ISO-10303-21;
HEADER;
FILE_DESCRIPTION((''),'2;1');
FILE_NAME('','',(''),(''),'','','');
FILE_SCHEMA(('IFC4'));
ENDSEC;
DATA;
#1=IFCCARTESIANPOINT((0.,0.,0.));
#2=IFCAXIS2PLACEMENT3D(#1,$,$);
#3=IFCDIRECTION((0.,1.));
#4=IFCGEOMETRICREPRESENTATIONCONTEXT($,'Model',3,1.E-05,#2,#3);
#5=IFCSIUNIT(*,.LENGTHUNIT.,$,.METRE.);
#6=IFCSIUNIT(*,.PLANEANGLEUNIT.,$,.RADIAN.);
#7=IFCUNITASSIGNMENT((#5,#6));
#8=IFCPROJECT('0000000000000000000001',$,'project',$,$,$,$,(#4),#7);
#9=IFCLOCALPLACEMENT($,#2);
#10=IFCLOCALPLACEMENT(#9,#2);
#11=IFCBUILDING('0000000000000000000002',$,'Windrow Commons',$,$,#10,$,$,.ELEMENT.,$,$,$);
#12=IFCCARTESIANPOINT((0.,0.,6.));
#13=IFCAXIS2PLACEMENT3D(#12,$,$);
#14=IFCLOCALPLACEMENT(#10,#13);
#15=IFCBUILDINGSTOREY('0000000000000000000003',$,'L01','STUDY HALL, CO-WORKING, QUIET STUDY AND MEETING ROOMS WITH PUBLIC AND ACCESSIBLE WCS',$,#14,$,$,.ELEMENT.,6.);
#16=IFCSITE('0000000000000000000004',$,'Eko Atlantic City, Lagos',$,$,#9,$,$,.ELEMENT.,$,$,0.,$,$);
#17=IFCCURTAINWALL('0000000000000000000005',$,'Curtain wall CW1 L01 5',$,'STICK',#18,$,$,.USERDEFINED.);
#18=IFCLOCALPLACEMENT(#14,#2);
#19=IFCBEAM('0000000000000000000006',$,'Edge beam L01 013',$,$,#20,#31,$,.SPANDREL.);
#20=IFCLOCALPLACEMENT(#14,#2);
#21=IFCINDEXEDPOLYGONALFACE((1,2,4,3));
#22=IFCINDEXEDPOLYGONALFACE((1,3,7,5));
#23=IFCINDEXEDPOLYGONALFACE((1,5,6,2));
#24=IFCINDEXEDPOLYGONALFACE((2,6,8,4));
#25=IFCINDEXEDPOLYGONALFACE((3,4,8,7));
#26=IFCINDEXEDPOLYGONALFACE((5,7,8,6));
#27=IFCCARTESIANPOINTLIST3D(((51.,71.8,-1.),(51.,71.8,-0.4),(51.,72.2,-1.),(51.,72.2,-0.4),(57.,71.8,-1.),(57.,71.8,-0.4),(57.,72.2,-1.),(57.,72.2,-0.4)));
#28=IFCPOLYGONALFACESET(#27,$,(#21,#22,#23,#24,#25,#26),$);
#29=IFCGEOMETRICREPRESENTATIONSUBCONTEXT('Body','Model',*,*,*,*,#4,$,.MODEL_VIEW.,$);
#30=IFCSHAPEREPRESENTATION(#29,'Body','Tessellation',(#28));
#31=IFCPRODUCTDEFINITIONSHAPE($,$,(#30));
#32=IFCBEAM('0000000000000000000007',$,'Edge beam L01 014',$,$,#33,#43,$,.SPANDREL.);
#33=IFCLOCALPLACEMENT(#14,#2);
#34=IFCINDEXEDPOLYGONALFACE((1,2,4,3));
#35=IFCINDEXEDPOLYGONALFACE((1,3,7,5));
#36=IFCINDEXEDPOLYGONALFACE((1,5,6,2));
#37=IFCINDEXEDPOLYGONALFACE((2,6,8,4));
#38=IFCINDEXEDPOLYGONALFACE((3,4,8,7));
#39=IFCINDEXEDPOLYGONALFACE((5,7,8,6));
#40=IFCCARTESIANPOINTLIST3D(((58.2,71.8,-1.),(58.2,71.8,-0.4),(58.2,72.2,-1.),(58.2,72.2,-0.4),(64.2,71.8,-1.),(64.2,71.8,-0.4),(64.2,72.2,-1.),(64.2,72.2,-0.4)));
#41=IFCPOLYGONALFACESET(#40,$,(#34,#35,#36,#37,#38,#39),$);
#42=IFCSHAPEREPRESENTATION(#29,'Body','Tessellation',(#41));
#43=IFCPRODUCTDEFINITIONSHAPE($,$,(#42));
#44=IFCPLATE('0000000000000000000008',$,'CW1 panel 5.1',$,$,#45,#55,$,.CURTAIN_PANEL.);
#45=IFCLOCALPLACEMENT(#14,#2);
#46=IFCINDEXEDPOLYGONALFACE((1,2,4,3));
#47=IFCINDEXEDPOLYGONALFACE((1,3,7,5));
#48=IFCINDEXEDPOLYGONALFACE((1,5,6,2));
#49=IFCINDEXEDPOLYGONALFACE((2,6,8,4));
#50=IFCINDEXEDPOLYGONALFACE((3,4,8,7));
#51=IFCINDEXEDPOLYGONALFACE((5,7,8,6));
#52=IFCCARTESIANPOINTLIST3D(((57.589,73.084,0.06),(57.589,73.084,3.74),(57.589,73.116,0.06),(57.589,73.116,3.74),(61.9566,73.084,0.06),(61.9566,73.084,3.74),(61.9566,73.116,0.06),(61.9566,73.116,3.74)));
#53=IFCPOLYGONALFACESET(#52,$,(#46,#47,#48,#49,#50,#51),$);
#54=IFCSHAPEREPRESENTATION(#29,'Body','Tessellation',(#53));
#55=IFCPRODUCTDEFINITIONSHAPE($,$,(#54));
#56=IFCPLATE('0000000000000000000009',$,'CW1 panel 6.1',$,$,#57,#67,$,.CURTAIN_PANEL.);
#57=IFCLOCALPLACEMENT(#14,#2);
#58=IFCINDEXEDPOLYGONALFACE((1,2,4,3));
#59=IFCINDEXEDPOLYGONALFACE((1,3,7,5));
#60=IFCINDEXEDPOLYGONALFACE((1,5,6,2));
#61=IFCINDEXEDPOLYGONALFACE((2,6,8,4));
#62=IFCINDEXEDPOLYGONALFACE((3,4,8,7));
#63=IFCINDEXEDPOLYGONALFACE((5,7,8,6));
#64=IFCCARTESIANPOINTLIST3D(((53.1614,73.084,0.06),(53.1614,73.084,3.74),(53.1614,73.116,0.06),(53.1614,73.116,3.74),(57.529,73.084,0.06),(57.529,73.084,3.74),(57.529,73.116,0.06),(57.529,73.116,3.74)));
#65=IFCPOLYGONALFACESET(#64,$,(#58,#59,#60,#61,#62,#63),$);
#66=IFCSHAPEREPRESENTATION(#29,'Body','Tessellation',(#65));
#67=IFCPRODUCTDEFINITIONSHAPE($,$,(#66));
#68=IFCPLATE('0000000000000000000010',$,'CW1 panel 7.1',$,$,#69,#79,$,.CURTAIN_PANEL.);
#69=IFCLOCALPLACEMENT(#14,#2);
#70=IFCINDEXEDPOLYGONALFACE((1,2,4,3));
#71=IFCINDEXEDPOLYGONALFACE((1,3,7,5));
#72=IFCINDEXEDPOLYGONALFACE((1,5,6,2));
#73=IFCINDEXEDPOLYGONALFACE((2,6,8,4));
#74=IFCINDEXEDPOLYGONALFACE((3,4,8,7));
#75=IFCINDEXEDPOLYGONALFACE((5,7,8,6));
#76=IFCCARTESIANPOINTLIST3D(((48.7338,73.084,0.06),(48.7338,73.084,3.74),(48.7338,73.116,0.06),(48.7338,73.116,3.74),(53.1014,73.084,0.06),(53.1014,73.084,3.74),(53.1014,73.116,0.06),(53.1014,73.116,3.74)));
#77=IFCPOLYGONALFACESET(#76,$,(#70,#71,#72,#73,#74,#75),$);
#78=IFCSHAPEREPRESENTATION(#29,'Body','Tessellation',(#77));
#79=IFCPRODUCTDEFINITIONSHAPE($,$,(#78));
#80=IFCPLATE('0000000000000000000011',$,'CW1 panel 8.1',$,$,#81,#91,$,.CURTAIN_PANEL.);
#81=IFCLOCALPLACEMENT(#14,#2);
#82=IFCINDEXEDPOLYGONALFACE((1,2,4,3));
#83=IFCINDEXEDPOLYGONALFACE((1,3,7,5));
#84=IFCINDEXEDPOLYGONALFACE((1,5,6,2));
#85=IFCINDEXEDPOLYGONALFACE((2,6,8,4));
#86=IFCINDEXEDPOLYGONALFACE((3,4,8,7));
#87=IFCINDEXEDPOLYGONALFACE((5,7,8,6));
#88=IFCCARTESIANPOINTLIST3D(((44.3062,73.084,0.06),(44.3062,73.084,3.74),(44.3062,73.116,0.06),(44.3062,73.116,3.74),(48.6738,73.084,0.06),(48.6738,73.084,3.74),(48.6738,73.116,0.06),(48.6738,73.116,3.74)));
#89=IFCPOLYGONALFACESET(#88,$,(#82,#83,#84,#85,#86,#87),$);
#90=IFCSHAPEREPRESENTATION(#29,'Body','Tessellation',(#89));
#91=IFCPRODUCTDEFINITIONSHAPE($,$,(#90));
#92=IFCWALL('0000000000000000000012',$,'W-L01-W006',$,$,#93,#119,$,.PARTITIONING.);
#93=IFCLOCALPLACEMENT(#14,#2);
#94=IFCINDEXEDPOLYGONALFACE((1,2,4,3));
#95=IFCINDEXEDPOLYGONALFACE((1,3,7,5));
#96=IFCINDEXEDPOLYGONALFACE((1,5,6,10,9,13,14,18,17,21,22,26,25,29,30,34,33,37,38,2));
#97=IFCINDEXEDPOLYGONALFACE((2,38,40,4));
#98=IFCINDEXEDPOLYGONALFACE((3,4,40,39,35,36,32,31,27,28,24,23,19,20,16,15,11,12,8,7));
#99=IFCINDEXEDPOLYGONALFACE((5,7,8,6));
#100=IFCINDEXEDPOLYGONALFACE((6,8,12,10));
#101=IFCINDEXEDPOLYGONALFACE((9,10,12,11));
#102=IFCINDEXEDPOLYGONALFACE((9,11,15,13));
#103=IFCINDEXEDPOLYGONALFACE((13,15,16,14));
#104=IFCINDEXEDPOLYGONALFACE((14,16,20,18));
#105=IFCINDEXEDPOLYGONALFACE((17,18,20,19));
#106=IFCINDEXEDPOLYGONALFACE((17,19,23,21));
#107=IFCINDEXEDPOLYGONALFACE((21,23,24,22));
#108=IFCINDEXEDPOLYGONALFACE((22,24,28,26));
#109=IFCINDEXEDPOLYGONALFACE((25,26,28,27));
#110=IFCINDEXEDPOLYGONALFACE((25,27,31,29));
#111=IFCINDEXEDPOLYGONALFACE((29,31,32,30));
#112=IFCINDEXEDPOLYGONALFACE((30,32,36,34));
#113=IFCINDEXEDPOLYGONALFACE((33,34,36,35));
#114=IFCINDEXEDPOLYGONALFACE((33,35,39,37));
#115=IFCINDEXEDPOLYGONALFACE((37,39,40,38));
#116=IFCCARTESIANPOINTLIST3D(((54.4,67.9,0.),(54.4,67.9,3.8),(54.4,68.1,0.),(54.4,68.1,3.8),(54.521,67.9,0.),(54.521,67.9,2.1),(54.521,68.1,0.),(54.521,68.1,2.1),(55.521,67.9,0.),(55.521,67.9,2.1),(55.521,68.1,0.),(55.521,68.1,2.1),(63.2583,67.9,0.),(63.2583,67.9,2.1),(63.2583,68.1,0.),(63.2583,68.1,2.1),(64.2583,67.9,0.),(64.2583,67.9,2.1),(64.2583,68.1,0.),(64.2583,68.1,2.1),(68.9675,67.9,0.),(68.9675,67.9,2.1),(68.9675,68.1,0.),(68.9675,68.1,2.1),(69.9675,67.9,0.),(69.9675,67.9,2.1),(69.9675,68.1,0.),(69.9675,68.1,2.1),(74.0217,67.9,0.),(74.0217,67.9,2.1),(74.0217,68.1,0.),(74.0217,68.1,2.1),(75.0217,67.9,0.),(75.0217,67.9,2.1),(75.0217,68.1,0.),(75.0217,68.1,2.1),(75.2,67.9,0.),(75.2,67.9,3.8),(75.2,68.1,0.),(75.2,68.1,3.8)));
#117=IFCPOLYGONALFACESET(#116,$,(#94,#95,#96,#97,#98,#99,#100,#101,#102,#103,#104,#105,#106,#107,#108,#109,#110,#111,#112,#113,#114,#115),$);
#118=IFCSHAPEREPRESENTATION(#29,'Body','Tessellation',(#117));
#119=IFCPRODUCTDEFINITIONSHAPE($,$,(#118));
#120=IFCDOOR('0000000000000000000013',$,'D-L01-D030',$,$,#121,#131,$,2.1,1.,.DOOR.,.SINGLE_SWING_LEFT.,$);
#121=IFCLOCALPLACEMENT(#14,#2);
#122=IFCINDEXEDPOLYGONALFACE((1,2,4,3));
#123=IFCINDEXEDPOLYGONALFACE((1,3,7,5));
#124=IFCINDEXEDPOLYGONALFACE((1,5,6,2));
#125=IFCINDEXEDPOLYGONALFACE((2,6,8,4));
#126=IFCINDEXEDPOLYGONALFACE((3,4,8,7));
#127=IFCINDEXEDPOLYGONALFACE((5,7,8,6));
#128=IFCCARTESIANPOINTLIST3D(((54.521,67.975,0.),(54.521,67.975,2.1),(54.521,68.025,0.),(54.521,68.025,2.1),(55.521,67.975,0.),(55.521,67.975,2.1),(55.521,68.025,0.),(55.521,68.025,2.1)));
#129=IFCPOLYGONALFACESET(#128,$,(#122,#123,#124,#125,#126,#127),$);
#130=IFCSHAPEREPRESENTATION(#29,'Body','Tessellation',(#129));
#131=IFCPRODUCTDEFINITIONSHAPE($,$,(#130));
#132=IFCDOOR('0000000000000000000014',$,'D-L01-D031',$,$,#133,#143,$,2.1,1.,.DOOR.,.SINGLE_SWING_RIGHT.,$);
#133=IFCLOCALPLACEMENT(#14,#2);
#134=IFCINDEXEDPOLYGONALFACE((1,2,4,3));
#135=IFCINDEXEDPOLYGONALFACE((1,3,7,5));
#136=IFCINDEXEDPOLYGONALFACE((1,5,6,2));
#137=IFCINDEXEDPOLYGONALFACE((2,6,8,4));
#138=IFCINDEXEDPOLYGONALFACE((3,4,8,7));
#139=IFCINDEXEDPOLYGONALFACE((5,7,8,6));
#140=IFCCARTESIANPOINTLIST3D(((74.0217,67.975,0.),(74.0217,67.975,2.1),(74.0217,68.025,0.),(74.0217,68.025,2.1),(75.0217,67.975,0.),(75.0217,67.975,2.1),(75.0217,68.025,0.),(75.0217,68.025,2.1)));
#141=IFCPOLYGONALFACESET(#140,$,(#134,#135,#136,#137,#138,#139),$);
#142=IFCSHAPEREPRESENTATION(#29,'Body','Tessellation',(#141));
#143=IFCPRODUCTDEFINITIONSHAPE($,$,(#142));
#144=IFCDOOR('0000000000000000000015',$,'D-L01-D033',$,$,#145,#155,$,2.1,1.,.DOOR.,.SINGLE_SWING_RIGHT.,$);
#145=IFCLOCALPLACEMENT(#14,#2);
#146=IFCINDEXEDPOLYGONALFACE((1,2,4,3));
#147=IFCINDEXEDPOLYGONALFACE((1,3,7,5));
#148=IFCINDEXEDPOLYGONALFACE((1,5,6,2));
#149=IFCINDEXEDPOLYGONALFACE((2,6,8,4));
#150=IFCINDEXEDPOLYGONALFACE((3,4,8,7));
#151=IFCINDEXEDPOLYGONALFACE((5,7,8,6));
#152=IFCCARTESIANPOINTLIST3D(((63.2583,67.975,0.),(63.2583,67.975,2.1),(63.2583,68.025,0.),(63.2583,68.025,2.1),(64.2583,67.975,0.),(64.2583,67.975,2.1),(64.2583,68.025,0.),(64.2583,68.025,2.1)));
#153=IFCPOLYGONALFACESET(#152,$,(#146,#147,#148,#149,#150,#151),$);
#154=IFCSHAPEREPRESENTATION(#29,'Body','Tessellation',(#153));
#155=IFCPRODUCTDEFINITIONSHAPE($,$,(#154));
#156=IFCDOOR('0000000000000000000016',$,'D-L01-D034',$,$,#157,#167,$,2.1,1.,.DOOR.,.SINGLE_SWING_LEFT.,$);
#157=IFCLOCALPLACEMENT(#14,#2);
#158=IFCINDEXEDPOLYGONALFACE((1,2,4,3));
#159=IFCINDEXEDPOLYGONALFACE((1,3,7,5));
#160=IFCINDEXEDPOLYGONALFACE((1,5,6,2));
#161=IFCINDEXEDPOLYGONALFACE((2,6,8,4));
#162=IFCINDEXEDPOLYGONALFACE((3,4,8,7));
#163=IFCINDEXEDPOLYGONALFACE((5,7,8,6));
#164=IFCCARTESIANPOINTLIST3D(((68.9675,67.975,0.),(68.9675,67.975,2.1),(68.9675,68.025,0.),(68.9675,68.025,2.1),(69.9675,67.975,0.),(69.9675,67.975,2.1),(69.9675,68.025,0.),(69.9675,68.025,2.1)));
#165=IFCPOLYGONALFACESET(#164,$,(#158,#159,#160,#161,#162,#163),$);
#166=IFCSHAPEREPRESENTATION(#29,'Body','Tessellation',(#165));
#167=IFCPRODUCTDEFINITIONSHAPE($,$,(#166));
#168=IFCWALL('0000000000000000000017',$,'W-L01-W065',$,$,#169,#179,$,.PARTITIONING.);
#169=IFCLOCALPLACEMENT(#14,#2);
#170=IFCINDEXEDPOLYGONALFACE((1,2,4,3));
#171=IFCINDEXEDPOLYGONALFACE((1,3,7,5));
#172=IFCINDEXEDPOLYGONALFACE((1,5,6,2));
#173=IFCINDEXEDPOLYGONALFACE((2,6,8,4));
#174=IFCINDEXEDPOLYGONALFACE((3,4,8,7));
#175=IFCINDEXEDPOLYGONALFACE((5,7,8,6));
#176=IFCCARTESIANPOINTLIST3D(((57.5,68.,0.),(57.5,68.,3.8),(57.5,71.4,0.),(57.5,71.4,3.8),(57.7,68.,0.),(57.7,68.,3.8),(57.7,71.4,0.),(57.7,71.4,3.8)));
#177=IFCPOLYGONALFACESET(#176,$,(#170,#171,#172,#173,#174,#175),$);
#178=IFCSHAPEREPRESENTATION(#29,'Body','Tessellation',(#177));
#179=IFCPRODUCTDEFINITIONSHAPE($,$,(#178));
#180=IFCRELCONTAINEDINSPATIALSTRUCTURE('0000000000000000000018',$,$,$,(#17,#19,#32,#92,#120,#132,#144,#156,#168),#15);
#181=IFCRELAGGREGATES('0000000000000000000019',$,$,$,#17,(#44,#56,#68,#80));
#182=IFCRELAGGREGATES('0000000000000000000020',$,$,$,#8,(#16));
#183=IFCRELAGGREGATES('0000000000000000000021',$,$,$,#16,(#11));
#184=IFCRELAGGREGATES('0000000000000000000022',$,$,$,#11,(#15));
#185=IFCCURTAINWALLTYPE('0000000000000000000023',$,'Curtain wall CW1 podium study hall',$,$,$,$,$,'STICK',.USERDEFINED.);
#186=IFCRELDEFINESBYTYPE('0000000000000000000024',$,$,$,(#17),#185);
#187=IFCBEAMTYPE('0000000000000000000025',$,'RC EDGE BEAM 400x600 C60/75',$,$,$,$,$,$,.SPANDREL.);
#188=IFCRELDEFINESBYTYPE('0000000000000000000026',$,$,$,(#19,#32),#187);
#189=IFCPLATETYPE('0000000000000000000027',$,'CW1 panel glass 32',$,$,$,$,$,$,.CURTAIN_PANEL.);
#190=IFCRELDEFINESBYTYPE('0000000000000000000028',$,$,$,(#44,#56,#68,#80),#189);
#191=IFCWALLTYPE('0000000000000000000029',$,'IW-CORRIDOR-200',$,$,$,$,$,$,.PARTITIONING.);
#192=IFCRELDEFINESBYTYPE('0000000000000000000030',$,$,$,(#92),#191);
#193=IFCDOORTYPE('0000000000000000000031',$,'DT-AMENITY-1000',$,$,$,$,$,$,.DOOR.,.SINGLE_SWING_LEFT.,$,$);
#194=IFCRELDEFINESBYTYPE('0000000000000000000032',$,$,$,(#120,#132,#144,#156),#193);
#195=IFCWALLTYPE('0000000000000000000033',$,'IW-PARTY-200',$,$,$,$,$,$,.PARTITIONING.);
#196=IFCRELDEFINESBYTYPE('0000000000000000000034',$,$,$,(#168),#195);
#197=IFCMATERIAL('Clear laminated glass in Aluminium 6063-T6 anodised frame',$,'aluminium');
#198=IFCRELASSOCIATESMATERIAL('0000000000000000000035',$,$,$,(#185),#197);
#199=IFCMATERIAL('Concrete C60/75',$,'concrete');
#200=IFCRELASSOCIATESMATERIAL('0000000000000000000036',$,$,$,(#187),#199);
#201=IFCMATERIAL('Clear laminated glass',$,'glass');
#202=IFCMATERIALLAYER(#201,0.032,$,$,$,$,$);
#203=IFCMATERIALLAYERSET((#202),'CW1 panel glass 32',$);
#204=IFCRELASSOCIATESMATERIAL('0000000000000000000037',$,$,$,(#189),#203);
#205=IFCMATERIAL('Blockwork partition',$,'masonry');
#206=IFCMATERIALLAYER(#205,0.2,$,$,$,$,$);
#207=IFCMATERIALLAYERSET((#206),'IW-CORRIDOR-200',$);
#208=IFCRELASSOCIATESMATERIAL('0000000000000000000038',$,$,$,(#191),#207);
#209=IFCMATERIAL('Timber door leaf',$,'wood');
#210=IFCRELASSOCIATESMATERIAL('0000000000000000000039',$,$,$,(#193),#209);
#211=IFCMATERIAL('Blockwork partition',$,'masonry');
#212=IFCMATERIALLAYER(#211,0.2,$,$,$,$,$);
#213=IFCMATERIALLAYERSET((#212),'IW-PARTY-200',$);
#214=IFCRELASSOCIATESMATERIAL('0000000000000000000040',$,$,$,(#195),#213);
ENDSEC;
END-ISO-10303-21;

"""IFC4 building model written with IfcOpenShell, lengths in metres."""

from ifc_helpers import new_model, si_unit, direction, frame, frame_2d, origin, origin_2d, place, context, subcontext, project, spatial, rectangle, extrude, material, layer, layer_set, material_profile, profile_set, type_object, element, fill, aggregate, save


model = new_model("IFC4")

# Units and contexts
model_context = context("Model", 3, precision=1e-05, world=origin(), true_north=direction((0.0, 1.0)))
body_context = subcontext(model_context, "Body", "Model", "MODEL_VIEW")
ifc_project = project(units=[si_unit("LENGTHUNIT", "METRE"), si_unit("PLANEANGLEUNIT", "RADIAN")], contexts=[model_context])

# Site, building, storey
site_placement = place(None, origin())
site = spatial("IfcSite", under=ifc_project, at=site_placement, Name="Eko Atlantic City, Lagos", CompositionType="ELEMENT", RefElevation=0.0)
building_placement = place(site_placement, origin())
building = spatial("IfcBuilding", under=site, at=building_placement, Name="Windrow Commons", CompositionType="ELEMENT")
storey_placement = place(building_placement, frame((0.0, 0.0, 6.0)))
storey = spatial("IfcBuildingStorey", under=building, at=storey_placement, Name="L01", Description="STUDY HALL, CO-WORKING, QUIET STUDY AND MEETING ROOMS WITH PUBLIC AND ACCESSIBLE WCS", CompositionType="ELEMENT", Elevation=6.0)

# Curtain wall
ifc_material_1 = material(Name="Clear laminated glass in Aluminium 6063-T6 anodised frame", Category="aluminium")
curtain_wall_type = type_object("IfcCurtainWallType", Name="Curtain wall CW1 podium study hall", ElementType="STICK", PredefinedType="USERDEFINED", material=ifc_material_1)
curtain_wall_placement = place(storey_placement, origin())
curtain_wall = element("IfcCurtainWall", 1, at=curtain_wall_placement, inside=storey, type_object=curtain_wall_type, Name="Curtain wall CW1 L01 5", ObjectType="STICK", PredefinedType="USERDEFINED")

# Beams
ifc_material_2 = material(Name="Concrete C60/75", Category="concrete")
ifc_material_profile_1 = material_profile(ifc_material_2, rectangle(XDim=0.4, YDim=0.6, at=origin_2d()))
ifc_profile_set_1 = profile_set([ifc_material_profile_1], Name="Concrete C60/75")
beam_type = type_object("IfcBeamType", Name="RC EDGE BEAM 400x600 C60/75", PredefinedType="SPANDREL", material=ifc_profile_set_1)
for number, where, z_axis, x_axis, name in (
    (2, (51.0, 72.0, -0.7), (1.0, 0.0, 0.0), (0.0, 1.0, 0.0), "Edge beam L01 013"),
    (3, (58.2, 72.0, -0.7), (1.0, 0.0, 0.0), (0.0, 1.0, 0.0), "Edge beam L01 014"),
):
    element("IfcBeam", number, at=place(storey_placement, frame(where, z_axis=z_axis, x_axis=x_axis)), inside=storey, type_object=beam_type, Name=name, PredefinedType="SPANDREL", context=body_context, shape_type="SweptSolid", body=[
        extrude(rectangle(XDim=0.4, YDim=0.6, at=origin_2d()), origin(), (0.0, 0.0, 1.0), 6.0),
    ])

# Plates
ifc_material_3 = material(Name="Clear laminated glass", Category="glass")
ifc_layer_1 = layer(ifc_material_3, 0.032)
ifc_layer_set_1 = layer_set([ifc_layer_1], Name="CW1 panel glass 32")
plate_type = type_object("IfcPlateType", Name="CW1 panel glass 32", PredefinedType="CURTAIN_PANEL", material=ifc_layer_set_1)
plate_1_placement = place(storey_placement, frame((59.7728, 73.1, 0.06), z_axis=(0.0, 0.0, 1.0), x_axis=(-1.0, 0.0, 0.0)))
plate_1 = element("IfcPlate", 4, at=plate_1_placement, type_object=plate_type, Name="CW1 panel 5.1", PredefinedType="CURTAIN_PANEL", context=body_context, shape_type="SweptSolid", body=[
    extrude(rectangle(XDim=4.3676, YDim=0.032, at=origin_2d()), origin(), (0.0, 0.0, 1.0), 3.68),
])
plate_2_placement = place(storey_placement, frame((55.3452, 73.1, 0.06), z_axis=(0.0, 0.0, 1.0), x_axis=(-1.0, 0.0, 0.0)))
plate_2 = element("IfcPlate", 5, at=plate_2_placement, type_object=plate_type, Name="CW1 panel 6.1", PredefinedType="CURTAIN_PANEL", context=body_context, shape_type="SweptSolid", body=[
    extrude(rectangle(XDim=4.3676, YDim=0.032, at=origin_2d()), origin(), (0.0, 0.0, 1.0), 3.68),
])
plate_3_placement = place(storey_placement, frame((50.9176, 73.1, 0.06), z_axis=(0.0, 0.0, 1.0), x_axis=(-1.0, 0.0, 0.0)))
plate_3 = element("IfcPlate", 6, at=plate_3_placement, type_object=plate_type, Name="CW1 panel 7.1", PredefinedType="CURTAIN_PANEL", context=body_context, shape_type="SweptSolid", body=[
    extrude(rectangle(XDim=4.3676, YDim=0.032, at=origin_2d()), origin(), (0.0, 0.0, 1.0), 3.68),
])
plate_4_placement = place(storey_placement, frame((46.49, 73.1, 0.06), z_axis=(0.0, 0.0, 1.0), x_axis=(-1.0, 0.0, 0.0)))
plate_4 = element("IfcPlate", 7, at=plate_4_placement, type_object=plate_type, Name="CW1 panel 8.1", PredefinedType="CURTAIN_PANEL", context=body_context, shape_type="SweptSolid", body=[
    extrude(rectangle(XDim=4.3676, YDim=0.032, at=origin_2d()), origin(), (0.0, 0.0, 1.0), 3.68),
])
aggregate(curtain_wall, [plate_1, plate_2, plate_3, plate_4])

# Wall, openings, doors
ifc_material_4 = material(Name="Blockwork partition", Category="masonry")
ifc_layer_2 = layer(ifc_material_4, 0.2)
ifc_layer_set_2 = layer_set([ifc_layer_2], Name="IW-CORRIDOR-200")
wall_type_1 = type_object("IfcWallType", Name="IW-CORRIDOR-200", PredefinedType="PARTITIONING", material=ifc_layer_set_2)
wall_1_placement = place(storey_placement, frame((54.4, 68.0, 0.0), z_axis=(0.0, 0.0, 1.0), x_axis=(1.0, 0.0, 0.0)))
wall_1 = element("IfcWall", 8, at=wall_1_placement, inside=storey, type_object=wall_type_1, Name="W-L01-W006", PredefinedType="PARTITIONING", context=body_context, shape_type="SweptSolid", body=[
    extrude(rectangle(XDim=20.8, YDim=0.2, at=frame_2d((10.4, 0.0))), origin(), (0.0, 0.0, 1.0), 3.8),
])
opening_1_placement = place(wall_1_placement, frame((0.121, 0.0, 0.0)))
opening_1 = element("IfcOpeningElement", 9, at=opening_1_placement, cuts=wall_1, PredefinedType="OPENING", context=body_context, shape_type="SweptSolid", body=[
    extrude(rectangle(XDim=1.0, YDim=2.1, at=frame_2d((0.5, 1.05))), frame((0.0, 0.11, 0.0), z_axis=(0.0, -1.0, 0.0), x_axis=(1.0, 0.0, 0.0)), (0.0, 0.0, 1.0), 0.22),
])
opening_2_placement = place(wall_1_placement, frame((19.6217, 0.0, 0.0)))
opening_2 = element("IfcOpeningElement", 10, at=opening_2_placement, cuts=wall_1, PredefinedType="OPENING", context=body_context, shape_type="SweptSolid", body=[
    extrude(rectangle(XDim=1.0, YDim=2.1, at=frame_2d((0.5, 1.05))), frame((0.0, 0.11, 0.0), z_axis=(0.0, -1.0, 0.0), x_axis=(1.0, 0.0, 0.0)), (0.0, 0.0, 1.0), 0.22),
])
opening_3_placement = place(wall_1_placement, frame((8.8583, 0.0, 0.0)))
opening_3 = element("IfcOpeningElement", 11, at=opening_3_placement, cuts=wall_1, PredefinedType="OPENING", context=body_context, shape_type="SweptSolid", body=[
    extrude(rectangle(XDim=1.0, YDim=2.1, at=frame_2d((0.5, 1.05))), frame((0.0, 0.11, 0.0), z_axis=(0.0, -1.0, 0.0), x_axis=(1.0, 0.0, 0.0)), (0.0, 0.0, 1.0), 0.22),
])
opening_4_placement = place(wall_1_placement, frame((14.5675, 0.0, 0.0)))
opening_4 = element("IfcOpeningElement", 12, at=opening_4_placement, cuts=wall_1, PredefinedType="OPENING", context=body_context, shape_type="SweptSolid", body=[
    extrude(rectangle(XDim=1.0, YDim=2.1, at=frame_2d((0.5, 1.05))), frame((0.0, 0.11, 0.0), z_axis=(0.0, -1.0, 0.0), x_axis=(1.0, 0.0, 0.0)), (0.0, 0.0, 1.0), 0.22),
])
ifc_material_5 = material(Name="Timber door leaf", Category="wood")
door_type_1 = type_object("IfcDoorType", Name="DT-AMENITY-1000", OperationType="SINGLE_SWING_LEFT", PredefinedType="DOOR", material=ifc_material_5)
door_1_placement = place(opening_1_placement, origin())
door_1 = element("IfcDoor", 13, at=door_1_placement, inside=storey, type_object=door_type_1, Name="D-L01-D030", OperationType="SINGLE_SWING_LEFT", OverallHeight=2.1, OverallWidth=1.0, PredefinedType="DOOR", context=body_context, shape_type="SweptSolid", body=[
    extrude(rectangle(XDim=1.0, YDim=2.1, at=frame_2d((0.5, 1.05))), frame((0.0, 0.025, 0.0), z_axis=(0.0, -1.0, 0.0), x_axis=(1.0, 0.0, 0.0)), (0.0, 0.0, 1.0), 0.05),
])
fill(opening_1, door_1)
door_2_placement = place(opening_2_placement, origin())
door_2 = element("IfcDoor", 14, at=door_2_placement, inside=storey, type_object=door_type_1, Name="D-L01-D031", OperationType="SINGLE_SWING_RIGHT", OverallHeight=2.1, OverallWidth=1.0, PredefinedType="DOOR", context=body_context, shape_type="SweptSolid", body=[
    extrude(rectangle(XDim=1.0, YDim=2.1, at=frame_2d((0.5, 1.05))), frame((0.0, 0.025, 0.0), z_axis=(0.0, -1.0, 0.0), x_axis=(1.0, 0.0, 0.0)), (0.0, 0.0, 1.0), 0.05),
])
fill(opening_2, door_2)
door_3_placement = place(opening_3_placement, origin())
door_3 = element("IfcDoor", 15, at=door_3_placement, inside=storey, type_object=door_type_1, Name="D-L01-D033", OperationType="SINGLE_SWING_RIGHT", OverallHeight=2.1, OverallWidth=1.0, PredefinedType="DOOR", context=body_context, shape_type="SweptSolid", body=[
    extrude(rectangle(XDim=1.0, YDim=2.1, at=frame_2d((0.5, 1.05))), frame((0.0, 0.025, 0.0), z_axis=(0.0, -1.0, 0.0), x_axis=(1.0, 0.0, 0.0)), (0.0, 0.0, 1.0), 0.05),
])
fill(opening_3, door_3)
door_4_placement = place(opening_4_placement, origin())
door_4 = element("IfcDoor", 16, at=door_4_placement, inside=storey, type_object=door_type_1, Name="D-L01-D034", OperationType="SINGLE_SWING_LEFT", OverallHeight=2.1, OverallWidth=1.0, PredefinedType="DOOR", context=body_context, shape_type="SweptSolid", body=[
    extrude(rectangle(XDim=1.0, YDim=2.1, at=frame_2d((0.5, 1.05))), frame((0.0, 0.025, 0.0), z_axis=(0.0, -1.0, 0.0), x_axis=(1.0, 0.0, 0.0)), (0.0, 0.0, 1.0), 0.05),
])
fill(opening_4, door_4)

# Wall
ifc_material_6 = material(Name="Blockwork partition", Category="masonry")
ifc_layer_3 = layer(ifc_material_6, 0.2)
ifc_layer_set_3 = layer_set([ifc_layer_3], Name="IW-PARTY-200")
wall_type_2 = type_object("IfcWallType", Name="IW-PARTY-200", PredefinedType="PARTITIONING", material=ifc_layer_set_3)
wall_2_placement = place(storey_placement, frame((57.6, 68.0, 0.0), z_axis=(0.0, 0.0, 1.0), x_axis=(0.0, 1.0, 0.0)))
element("IfcWall", 17, at=wall_2_placement, inside=storey, type_object=wall_type_2, Name="W-L01-W065", PredefinedType="PARTITIONING", context=body_context, shape_type="SweptSolid", body=[
    extrude(rectangle(XDim=3.4, YDim=0.2, at=frame_2d((1.7, 0.0))), origin(), (0.0, 0.0, 1.0), 3.8),
])

save(model, "model.ifc")
